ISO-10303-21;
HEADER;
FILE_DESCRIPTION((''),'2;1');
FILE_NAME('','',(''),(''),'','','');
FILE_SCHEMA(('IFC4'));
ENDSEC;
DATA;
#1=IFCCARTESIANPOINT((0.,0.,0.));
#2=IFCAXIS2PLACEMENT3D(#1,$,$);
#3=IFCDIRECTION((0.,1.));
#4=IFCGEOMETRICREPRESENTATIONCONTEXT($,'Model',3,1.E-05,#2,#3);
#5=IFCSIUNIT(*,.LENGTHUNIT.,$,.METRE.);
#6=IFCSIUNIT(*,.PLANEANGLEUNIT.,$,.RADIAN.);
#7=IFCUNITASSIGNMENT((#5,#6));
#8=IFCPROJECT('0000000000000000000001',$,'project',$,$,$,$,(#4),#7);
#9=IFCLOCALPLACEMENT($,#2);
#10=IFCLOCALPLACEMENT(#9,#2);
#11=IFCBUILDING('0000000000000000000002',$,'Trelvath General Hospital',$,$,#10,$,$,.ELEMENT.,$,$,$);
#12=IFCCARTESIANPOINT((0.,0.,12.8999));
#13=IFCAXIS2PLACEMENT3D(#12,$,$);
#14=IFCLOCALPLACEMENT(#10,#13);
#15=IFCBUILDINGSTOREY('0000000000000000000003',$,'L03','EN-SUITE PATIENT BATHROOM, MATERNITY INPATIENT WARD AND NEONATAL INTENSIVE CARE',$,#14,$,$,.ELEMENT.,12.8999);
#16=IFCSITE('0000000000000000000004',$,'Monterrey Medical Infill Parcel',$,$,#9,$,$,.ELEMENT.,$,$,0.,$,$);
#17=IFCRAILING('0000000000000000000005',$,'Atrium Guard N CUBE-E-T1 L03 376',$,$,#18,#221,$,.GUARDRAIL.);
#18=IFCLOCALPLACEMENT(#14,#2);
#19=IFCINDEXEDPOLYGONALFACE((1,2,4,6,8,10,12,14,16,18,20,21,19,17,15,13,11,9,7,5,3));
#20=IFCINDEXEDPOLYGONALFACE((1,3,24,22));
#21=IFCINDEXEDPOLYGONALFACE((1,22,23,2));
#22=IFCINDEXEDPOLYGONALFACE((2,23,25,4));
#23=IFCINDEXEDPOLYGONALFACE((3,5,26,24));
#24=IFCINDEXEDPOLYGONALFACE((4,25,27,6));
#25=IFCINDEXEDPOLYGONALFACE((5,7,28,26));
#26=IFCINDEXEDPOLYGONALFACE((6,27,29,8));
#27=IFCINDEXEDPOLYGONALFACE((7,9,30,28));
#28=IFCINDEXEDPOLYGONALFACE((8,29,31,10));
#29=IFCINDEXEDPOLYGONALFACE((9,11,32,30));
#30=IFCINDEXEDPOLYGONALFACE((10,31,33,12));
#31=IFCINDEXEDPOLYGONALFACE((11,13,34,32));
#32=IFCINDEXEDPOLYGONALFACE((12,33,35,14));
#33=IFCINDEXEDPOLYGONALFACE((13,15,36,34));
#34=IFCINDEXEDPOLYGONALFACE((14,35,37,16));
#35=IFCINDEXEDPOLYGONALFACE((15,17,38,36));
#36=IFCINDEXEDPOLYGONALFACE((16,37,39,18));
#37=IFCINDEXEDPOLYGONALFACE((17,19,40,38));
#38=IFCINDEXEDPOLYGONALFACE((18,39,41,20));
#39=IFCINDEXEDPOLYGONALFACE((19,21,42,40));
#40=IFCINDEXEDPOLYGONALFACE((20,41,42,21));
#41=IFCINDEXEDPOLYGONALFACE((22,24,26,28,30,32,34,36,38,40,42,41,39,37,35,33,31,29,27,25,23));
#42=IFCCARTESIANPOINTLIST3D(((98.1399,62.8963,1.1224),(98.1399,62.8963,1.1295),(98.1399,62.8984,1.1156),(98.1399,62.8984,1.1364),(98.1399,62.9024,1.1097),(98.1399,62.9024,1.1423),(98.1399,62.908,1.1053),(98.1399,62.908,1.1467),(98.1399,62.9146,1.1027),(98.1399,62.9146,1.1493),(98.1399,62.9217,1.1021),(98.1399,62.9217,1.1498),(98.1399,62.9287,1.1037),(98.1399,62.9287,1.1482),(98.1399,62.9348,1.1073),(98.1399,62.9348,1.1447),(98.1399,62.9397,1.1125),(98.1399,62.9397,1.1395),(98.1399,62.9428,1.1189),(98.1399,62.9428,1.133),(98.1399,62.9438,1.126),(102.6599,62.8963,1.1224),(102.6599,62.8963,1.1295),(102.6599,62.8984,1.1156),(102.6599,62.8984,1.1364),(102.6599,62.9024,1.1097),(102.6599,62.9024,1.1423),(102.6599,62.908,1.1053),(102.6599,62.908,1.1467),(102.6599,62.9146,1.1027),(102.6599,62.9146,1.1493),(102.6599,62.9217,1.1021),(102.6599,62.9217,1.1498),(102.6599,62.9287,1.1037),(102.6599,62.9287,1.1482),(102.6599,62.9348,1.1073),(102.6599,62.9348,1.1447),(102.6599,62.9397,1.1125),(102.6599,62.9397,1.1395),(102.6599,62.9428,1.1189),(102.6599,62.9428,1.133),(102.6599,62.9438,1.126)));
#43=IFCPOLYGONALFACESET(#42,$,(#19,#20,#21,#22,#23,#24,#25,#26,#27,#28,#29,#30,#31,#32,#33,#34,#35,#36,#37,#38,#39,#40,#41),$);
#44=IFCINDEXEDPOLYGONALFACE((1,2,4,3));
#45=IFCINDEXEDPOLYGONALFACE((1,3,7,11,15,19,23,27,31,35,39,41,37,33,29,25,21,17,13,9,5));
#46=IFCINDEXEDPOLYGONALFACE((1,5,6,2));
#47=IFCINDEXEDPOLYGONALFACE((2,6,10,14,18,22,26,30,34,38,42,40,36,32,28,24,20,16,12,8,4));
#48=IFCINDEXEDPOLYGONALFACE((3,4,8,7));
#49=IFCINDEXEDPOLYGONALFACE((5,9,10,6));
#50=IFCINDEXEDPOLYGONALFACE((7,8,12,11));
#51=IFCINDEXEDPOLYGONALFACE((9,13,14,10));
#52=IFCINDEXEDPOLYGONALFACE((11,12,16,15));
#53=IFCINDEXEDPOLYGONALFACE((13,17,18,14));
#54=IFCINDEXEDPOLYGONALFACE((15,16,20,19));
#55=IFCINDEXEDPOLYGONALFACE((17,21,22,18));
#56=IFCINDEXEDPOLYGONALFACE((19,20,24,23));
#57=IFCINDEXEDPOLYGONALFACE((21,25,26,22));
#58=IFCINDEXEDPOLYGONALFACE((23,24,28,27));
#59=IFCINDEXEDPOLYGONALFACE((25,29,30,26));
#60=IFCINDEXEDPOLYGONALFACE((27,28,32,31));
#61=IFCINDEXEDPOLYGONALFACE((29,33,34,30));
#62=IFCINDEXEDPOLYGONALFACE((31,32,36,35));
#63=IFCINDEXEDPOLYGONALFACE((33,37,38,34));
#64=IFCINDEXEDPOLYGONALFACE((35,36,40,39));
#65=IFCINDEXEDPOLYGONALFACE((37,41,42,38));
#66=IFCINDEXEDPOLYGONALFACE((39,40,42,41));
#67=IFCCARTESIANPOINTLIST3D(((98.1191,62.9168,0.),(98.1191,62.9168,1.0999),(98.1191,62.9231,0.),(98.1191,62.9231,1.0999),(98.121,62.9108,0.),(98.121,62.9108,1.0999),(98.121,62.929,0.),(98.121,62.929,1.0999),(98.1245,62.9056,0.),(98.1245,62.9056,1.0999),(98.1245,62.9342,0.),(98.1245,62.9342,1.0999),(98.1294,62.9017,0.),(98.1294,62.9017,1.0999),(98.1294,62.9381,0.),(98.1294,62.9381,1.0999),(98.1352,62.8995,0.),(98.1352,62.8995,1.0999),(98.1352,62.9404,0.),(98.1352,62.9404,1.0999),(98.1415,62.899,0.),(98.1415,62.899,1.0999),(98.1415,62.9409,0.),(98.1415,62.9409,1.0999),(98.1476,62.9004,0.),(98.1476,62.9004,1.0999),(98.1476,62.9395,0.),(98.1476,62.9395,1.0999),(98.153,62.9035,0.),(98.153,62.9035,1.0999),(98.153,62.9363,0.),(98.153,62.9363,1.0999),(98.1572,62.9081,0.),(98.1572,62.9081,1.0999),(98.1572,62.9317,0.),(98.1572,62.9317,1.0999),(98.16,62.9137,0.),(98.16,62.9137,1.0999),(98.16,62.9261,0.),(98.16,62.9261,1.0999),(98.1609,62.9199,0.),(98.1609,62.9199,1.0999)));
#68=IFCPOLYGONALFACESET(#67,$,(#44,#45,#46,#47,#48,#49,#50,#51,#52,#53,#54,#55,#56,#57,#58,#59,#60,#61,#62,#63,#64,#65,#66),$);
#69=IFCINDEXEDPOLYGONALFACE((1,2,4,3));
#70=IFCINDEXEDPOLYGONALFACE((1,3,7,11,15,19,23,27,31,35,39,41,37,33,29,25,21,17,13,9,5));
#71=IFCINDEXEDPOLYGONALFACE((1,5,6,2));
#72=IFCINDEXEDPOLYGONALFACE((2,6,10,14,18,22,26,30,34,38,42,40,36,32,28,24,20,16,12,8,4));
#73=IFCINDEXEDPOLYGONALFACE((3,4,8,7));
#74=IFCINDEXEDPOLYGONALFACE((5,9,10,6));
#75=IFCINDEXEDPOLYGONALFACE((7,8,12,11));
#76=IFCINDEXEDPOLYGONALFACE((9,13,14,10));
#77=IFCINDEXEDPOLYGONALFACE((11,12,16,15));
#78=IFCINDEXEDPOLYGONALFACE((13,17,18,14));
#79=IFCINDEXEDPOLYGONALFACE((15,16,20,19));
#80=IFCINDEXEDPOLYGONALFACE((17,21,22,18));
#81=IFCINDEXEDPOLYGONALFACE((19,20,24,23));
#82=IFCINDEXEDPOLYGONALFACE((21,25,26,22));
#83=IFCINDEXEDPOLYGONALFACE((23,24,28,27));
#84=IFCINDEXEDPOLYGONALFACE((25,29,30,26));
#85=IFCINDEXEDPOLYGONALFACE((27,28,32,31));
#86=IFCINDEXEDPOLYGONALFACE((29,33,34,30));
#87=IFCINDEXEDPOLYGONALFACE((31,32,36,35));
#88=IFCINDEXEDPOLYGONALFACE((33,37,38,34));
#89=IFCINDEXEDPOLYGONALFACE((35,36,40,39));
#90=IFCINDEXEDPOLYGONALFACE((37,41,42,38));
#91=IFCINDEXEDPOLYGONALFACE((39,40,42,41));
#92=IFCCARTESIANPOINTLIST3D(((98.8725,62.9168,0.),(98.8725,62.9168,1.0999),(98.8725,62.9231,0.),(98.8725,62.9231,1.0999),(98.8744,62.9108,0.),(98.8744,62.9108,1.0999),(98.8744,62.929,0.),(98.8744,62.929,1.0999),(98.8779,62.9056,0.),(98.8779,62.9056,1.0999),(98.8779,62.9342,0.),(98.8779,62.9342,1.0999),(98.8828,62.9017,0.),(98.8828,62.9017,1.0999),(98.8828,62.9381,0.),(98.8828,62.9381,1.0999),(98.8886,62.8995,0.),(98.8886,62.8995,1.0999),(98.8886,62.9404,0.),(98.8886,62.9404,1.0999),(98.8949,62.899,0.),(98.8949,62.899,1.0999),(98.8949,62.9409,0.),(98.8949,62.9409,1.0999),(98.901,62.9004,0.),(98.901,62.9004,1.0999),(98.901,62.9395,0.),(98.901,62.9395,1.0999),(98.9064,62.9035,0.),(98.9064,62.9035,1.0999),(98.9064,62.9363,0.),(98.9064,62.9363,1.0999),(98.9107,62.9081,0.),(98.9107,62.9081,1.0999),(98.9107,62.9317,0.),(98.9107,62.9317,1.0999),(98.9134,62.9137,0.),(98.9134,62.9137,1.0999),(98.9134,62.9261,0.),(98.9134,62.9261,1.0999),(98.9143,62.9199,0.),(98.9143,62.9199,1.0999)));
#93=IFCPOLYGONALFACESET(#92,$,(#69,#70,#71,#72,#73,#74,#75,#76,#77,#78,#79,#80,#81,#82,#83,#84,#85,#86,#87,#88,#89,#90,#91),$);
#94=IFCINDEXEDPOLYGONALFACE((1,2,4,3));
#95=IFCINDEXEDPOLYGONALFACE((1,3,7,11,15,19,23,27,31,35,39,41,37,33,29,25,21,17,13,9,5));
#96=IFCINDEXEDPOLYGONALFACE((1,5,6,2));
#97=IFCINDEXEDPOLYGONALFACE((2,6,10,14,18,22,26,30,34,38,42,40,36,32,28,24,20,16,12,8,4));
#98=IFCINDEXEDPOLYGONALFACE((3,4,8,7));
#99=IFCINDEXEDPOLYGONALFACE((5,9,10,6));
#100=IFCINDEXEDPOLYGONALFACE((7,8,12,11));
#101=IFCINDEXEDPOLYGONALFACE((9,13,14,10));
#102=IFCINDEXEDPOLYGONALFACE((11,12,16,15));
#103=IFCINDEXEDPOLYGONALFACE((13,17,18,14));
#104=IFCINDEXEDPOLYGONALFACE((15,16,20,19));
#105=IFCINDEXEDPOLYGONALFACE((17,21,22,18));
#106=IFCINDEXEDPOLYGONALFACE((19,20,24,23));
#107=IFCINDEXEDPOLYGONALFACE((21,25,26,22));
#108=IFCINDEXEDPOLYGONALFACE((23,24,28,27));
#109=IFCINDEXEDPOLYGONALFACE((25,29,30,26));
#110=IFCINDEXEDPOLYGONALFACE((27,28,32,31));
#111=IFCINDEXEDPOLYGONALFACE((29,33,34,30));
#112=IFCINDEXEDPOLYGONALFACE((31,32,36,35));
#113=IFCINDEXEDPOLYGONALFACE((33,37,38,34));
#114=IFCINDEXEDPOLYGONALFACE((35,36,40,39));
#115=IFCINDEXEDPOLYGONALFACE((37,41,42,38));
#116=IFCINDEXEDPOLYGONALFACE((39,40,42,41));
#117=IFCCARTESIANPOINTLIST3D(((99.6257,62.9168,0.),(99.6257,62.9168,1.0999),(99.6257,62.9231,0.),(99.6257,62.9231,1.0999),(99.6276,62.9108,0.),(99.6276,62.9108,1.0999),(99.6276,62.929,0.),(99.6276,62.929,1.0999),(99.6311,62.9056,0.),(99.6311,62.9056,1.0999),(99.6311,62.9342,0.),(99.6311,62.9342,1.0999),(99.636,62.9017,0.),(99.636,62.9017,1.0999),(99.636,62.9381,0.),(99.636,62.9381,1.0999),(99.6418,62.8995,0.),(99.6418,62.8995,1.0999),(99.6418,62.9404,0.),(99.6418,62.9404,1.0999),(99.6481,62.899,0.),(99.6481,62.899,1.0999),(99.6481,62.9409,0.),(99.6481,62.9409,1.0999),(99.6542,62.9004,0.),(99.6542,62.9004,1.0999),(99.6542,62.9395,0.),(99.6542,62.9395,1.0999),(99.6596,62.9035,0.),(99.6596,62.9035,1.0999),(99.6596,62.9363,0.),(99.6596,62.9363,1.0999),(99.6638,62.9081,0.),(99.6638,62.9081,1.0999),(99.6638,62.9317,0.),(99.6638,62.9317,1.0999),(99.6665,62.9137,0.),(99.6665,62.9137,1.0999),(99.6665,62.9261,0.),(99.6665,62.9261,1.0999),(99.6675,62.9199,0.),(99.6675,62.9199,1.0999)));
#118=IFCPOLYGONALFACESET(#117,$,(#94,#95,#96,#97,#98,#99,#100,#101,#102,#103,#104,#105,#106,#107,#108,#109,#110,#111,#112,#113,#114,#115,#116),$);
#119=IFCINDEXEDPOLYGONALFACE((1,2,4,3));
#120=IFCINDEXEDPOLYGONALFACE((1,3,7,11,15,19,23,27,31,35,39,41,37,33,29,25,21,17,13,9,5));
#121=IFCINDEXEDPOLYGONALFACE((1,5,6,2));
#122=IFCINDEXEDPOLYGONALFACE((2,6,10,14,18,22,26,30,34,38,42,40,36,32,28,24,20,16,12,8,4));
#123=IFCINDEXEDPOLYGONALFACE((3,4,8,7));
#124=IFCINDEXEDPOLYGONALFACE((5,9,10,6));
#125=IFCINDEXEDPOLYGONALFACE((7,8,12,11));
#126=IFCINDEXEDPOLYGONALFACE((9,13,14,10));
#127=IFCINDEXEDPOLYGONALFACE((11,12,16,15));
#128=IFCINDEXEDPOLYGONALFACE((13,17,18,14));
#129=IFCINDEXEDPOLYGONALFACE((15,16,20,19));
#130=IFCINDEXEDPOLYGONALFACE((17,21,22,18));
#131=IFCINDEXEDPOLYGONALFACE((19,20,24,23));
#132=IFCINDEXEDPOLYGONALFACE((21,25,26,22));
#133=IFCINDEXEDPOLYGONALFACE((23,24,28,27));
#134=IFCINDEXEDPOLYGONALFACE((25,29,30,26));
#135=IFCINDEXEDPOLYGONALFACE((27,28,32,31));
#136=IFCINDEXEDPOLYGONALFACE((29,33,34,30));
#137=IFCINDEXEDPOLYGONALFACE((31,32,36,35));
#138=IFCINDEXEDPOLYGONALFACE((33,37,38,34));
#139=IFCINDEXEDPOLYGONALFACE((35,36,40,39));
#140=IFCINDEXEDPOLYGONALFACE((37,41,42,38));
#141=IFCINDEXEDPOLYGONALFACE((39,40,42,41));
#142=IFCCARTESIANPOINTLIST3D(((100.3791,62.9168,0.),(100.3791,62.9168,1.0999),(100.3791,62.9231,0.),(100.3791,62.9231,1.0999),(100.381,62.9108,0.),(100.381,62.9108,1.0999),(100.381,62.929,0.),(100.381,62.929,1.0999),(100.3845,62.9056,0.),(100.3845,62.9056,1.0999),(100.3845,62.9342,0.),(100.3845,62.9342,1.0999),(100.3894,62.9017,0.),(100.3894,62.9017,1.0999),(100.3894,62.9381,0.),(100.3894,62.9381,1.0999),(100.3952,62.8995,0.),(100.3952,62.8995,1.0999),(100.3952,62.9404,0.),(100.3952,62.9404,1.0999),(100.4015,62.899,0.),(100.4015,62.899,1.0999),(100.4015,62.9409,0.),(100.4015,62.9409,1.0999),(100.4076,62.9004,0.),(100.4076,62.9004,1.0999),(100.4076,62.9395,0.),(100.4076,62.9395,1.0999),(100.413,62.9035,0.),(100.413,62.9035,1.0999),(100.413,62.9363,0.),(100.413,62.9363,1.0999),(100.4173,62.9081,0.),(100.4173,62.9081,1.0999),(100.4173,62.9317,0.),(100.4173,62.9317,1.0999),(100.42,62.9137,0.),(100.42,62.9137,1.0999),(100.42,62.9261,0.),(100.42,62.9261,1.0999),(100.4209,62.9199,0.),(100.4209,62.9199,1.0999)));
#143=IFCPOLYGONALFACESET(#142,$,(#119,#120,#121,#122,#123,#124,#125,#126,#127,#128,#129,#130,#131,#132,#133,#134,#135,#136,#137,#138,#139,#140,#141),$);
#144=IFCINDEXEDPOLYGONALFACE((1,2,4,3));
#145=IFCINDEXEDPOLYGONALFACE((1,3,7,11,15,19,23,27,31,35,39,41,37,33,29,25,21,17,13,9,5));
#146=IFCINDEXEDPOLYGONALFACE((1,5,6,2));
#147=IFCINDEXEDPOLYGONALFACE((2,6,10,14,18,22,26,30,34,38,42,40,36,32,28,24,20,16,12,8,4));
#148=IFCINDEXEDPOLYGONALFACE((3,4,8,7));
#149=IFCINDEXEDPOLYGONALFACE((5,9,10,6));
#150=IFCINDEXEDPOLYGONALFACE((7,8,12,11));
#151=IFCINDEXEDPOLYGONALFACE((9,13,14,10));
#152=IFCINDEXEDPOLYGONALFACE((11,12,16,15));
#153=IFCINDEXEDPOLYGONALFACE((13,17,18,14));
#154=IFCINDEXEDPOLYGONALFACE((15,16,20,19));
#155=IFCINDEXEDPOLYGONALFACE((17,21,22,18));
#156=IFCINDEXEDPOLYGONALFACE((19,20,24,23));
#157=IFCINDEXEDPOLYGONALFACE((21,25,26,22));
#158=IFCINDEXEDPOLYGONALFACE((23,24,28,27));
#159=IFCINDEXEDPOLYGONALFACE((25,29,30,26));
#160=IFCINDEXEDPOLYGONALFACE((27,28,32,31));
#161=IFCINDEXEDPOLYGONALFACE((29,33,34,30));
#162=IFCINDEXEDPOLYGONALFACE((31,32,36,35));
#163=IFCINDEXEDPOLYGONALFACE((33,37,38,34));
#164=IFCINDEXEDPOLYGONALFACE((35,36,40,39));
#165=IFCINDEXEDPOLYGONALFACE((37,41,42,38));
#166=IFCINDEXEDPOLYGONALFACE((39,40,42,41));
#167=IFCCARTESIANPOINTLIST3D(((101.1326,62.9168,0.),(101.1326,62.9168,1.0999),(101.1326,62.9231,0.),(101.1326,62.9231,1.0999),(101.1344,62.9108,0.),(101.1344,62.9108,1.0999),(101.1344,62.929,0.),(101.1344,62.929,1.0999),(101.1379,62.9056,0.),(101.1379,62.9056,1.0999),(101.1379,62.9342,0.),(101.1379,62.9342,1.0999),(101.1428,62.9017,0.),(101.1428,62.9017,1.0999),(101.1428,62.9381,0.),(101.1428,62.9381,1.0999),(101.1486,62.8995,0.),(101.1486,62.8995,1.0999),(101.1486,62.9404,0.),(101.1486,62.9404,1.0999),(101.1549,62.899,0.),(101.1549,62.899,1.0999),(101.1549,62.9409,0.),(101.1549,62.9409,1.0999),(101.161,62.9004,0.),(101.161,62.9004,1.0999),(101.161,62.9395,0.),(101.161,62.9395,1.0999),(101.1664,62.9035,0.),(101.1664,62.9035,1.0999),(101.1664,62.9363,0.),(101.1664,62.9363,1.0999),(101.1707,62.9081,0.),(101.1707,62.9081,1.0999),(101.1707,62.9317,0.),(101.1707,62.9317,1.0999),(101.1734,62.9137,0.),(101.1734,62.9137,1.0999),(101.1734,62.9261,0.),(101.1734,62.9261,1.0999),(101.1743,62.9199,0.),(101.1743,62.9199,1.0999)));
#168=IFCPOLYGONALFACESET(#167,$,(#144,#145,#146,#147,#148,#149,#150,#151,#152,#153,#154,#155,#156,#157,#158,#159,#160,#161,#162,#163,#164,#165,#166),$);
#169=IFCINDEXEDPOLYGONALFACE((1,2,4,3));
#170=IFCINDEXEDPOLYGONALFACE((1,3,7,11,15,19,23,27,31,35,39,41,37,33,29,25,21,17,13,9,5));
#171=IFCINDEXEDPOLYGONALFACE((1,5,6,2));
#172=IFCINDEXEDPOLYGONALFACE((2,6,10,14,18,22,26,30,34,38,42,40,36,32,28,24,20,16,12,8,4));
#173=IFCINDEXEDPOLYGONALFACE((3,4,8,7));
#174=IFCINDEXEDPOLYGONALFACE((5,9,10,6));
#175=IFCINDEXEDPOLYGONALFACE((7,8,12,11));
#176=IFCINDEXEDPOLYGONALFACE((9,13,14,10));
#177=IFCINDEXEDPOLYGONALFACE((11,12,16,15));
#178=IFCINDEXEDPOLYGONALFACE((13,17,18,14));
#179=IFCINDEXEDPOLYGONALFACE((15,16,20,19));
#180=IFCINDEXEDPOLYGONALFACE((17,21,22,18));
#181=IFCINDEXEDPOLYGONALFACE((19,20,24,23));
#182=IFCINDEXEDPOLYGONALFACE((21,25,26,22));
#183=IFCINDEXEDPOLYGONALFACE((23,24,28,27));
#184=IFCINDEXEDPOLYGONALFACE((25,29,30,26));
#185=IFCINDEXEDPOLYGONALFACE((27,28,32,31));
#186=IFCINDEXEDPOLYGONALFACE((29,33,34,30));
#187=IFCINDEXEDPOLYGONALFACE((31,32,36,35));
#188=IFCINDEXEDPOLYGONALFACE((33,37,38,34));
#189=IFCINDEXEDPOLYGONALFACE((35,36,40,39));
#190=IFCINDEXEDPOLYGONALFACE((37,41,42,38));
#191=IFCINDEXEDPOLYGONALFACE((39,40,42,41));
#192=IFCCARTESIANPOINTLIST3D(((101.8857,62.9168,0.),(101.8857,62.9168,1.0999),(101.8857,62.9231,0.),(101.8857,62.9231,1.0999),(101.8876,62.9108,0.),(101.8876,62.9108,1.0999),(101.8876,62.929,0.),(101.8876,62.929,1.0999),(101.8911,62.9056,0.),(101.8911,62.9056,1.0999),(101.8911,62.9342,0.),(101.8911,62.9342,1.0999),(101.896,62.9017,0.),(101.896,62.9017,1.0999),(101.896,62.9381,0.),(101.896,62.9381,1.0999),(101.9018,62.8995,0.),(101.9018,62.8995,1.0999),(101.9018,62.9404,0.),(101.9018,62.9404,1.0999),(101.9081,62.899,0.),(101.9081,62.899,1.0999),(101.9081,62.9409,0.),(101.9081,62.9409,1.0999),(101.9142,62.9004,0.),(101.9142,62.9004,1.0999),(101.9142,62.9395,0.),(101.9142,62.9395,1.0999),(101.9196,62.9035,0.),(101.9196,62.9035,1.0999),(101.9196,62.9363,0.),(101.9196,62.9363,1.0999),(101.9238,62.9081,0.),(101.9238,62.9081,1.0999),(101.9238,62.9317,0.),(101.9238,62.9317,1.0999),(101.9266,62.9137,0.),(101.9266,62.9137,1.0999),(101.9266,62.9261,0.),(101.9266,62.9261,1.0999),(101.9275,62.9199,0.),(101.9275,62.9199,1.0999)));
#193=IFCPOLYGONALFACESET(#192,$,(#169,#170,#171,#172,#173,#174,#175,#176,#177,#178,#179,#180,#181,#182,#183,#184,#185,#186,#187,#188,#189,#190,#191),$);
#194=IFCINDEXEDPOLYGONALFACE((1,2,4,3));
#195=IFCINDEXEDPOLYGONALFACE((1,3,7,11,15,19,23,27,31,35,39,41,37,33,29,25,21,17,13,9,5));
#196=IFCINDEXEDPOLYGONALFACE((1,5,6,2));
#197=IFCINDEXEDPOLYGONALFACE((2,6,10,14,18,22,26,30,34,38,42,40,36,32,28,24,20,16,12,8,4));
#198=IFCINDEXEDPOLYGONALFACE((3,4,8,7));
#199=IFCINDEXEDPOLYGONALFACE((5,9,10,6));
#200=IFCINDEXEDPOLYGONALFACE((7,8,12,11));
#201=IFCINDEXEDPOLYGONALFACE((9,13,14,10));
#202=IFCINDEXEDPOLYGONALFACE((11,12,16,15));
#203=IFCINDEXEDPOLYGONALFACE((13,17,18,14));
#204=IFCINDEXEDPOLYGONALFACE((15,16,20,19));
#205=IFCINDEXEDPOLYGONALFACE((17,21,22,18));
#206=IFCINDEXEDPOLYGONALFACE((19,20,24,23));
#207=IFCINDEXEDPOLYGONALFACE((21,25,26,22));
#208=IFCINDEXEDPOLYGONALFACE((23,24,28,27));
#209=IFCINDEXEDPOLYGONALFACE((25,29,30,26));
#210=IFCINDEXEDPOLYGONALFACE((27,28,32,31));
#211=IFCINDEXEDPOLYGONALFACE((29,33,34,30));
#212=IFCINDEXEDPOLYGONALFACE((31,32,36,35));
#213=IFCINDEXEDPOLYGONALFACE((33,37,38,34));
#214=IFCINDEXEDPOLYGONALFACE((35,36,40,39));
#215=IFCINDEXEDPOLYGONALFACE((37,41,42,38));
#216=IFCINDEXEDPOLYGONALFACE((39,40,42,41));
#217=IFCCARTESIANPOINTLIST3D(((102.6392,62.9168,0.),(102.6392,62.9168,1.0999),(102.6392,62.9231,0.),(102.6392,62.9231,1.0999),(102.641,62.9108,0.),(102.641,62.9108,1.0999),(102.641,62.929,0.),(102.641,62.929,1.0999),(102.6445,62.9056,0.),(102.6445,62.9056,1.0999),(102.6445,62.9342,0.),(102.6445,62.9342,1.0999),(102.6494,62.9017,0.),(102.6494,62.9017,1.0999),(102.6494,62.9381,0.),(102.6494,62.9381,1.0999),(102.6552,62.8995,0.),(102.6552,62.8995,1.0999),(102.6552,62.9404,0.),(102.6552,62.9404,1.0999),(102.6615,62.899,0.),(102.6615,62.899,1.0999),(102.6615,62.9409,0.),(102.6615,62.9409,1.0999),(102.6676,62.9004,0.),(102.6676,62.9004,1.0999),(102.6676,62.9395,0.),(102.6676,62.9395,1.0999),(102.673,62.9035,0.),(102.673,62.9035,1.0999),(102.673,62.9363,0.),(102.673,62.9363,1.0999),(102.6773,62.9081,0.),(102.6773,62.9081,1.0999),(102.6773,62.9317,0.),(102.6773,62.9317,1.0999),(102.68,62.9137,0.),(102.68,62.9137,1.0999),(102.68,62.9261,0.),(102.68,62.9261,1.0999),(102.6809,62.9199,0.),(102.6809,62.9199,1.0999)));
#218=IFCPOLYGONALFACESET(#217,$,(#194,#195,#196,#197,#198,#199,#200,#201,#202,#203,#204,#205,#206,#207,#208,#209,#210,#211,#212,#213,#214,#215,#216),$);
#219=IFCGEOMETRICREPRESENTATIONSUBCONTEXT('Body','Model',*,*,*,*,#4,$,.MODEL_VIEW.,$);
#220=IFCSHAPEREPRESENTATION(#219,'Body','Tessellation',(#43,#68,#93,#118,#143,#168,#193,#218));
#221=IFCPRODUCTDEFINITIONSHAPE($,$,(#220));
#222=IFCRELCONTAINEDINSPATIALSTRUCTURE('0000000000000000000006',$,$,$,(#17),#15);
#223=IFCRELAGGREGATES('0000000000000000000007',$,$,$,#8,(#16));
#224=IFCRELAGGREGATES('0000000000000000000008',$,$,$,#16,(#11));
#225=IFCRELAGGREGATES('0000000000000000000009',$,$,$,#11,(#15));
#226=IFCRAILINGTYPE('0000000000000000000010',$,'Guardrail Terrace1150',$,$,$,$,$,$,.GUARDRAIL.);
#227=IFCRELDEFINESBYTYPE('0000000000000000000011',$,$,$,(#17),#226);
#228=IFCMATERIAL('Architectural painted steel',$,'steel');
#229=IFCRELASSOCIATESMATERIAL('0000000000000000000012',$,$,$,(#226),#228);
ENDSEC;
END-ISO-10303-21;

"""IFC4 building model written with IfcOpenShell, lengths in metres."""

from ifc_helpers import new_model, si_unit, direction, frame, origin, origin_2d, place, context, subcontext, project, spatial, circle, extrude, material, type_object, element, save


model = new_model("IFC4")

# Units and contexts
model_context = context("Model", 3, precision=1e-05, world=origin(), true_north=direction((0.0, 1.0)))
body_context = subcontext(model_context, "Body", "Model", "MODEL_VIEW")
ifc_project = project(units=[si_unit("LENGTHUNIT", "METRE"), si_unit("PLANEANGLEUNIT", "RADIAN")], contexts=[model_context])

# Site, building, storey
site_placement = place(None, origin())
site = spatial("IfcSite", under=ifc_project, at=site_placement, Name="Monterrey Medical Infill Parcel", CompositionType="ELEMENT", RefElevation=0.0)
building_placement = place(site_placement, origin())
building = spatial("IfcBuilding", under=site, at=building_placement, Name="Trelvath General Hospital", CompositionType="ELEMENT")
storey_placement = place(building_placement, frame((0.0, 0.0, 12.8999)))
storey = spatial("IfcBuildingStorey", under=building, at=storey_placement, Name="L03", Description="EN-SUITE PATIENT BATHROOM, MATERNITY INPATIENT WARD AND NEONATAL INTENSIVE CARE", CompositionType="ELEMENT", Elevation=12.8999)

# Railing
ifc_material_1 = material(Name="Architectural painted steel", Category="steel")
railing_type = type_object("IfcRailingType", Name="Guardrail Terrace1150", PredefinedType="GUARDRAIL", material=ifc_material_1)
railing_1_placement = place(storey_placement, frame((98.1399, 62.9199, 0.0)))
element("IfcRailing", 1, at=railing_1_placement, inside=storey, type_object=railing_type, Name="Atrium Guard N CUBE-E-T1 L03 376", PredefinedType="GUARDRAIL", context=body_context, shape_type="SweptSolid", body=[
    extrude(circle(Radius=0.0239, at=origin_2d()), frame((0.0, 0.0, 1.126), z_axis=(1.0, 0.0, 0.0), x_axis=(0.0, 1.0, 0.0)), (0.0, 0.0, 1.0), 4.52),
    extrude(circle(Radius=0.021, at=origin_2d()), origin(), (0.0, 0.0, 1.0), 1.0999),
    extrude(circle(Radius=0.021, at=origin_2d()), frame((0.7534, 0.0, 0.0)), (0.0, 0.0, 1.0), 1.0999),
    extrude(circle(Radius=0.021, at=origin_2d()), frame((1.5066, 0.0, 0.0)), (0.0, 0.0, 1.0), 1.0999),
    extrude(circle(Radius=0.021, at=origin_2d()), frame((2.26, 0.0, 0.0)), (0.0, 0.0, 1.0), 1.0999),
    extrude(circle(Radius=0.021, at=origin_2d()), frame((3.0134, 0.0, 0.0)), (0.0, 0.0, 1.0), 1.0999),
    extrude(circle(Radius=0.021, at=origin_2d()), frame((3.7666, 0.0, 0.0)), (0.0, 0.0, 1.0), 1.0999),
    extrude(circle(Radius=0.021, at=origin_2d()), frame((4.52, 0.0, 0.0)), (0.0, 0.0, 1.0), 1.0999),
])

save(model, "model.ifc")
